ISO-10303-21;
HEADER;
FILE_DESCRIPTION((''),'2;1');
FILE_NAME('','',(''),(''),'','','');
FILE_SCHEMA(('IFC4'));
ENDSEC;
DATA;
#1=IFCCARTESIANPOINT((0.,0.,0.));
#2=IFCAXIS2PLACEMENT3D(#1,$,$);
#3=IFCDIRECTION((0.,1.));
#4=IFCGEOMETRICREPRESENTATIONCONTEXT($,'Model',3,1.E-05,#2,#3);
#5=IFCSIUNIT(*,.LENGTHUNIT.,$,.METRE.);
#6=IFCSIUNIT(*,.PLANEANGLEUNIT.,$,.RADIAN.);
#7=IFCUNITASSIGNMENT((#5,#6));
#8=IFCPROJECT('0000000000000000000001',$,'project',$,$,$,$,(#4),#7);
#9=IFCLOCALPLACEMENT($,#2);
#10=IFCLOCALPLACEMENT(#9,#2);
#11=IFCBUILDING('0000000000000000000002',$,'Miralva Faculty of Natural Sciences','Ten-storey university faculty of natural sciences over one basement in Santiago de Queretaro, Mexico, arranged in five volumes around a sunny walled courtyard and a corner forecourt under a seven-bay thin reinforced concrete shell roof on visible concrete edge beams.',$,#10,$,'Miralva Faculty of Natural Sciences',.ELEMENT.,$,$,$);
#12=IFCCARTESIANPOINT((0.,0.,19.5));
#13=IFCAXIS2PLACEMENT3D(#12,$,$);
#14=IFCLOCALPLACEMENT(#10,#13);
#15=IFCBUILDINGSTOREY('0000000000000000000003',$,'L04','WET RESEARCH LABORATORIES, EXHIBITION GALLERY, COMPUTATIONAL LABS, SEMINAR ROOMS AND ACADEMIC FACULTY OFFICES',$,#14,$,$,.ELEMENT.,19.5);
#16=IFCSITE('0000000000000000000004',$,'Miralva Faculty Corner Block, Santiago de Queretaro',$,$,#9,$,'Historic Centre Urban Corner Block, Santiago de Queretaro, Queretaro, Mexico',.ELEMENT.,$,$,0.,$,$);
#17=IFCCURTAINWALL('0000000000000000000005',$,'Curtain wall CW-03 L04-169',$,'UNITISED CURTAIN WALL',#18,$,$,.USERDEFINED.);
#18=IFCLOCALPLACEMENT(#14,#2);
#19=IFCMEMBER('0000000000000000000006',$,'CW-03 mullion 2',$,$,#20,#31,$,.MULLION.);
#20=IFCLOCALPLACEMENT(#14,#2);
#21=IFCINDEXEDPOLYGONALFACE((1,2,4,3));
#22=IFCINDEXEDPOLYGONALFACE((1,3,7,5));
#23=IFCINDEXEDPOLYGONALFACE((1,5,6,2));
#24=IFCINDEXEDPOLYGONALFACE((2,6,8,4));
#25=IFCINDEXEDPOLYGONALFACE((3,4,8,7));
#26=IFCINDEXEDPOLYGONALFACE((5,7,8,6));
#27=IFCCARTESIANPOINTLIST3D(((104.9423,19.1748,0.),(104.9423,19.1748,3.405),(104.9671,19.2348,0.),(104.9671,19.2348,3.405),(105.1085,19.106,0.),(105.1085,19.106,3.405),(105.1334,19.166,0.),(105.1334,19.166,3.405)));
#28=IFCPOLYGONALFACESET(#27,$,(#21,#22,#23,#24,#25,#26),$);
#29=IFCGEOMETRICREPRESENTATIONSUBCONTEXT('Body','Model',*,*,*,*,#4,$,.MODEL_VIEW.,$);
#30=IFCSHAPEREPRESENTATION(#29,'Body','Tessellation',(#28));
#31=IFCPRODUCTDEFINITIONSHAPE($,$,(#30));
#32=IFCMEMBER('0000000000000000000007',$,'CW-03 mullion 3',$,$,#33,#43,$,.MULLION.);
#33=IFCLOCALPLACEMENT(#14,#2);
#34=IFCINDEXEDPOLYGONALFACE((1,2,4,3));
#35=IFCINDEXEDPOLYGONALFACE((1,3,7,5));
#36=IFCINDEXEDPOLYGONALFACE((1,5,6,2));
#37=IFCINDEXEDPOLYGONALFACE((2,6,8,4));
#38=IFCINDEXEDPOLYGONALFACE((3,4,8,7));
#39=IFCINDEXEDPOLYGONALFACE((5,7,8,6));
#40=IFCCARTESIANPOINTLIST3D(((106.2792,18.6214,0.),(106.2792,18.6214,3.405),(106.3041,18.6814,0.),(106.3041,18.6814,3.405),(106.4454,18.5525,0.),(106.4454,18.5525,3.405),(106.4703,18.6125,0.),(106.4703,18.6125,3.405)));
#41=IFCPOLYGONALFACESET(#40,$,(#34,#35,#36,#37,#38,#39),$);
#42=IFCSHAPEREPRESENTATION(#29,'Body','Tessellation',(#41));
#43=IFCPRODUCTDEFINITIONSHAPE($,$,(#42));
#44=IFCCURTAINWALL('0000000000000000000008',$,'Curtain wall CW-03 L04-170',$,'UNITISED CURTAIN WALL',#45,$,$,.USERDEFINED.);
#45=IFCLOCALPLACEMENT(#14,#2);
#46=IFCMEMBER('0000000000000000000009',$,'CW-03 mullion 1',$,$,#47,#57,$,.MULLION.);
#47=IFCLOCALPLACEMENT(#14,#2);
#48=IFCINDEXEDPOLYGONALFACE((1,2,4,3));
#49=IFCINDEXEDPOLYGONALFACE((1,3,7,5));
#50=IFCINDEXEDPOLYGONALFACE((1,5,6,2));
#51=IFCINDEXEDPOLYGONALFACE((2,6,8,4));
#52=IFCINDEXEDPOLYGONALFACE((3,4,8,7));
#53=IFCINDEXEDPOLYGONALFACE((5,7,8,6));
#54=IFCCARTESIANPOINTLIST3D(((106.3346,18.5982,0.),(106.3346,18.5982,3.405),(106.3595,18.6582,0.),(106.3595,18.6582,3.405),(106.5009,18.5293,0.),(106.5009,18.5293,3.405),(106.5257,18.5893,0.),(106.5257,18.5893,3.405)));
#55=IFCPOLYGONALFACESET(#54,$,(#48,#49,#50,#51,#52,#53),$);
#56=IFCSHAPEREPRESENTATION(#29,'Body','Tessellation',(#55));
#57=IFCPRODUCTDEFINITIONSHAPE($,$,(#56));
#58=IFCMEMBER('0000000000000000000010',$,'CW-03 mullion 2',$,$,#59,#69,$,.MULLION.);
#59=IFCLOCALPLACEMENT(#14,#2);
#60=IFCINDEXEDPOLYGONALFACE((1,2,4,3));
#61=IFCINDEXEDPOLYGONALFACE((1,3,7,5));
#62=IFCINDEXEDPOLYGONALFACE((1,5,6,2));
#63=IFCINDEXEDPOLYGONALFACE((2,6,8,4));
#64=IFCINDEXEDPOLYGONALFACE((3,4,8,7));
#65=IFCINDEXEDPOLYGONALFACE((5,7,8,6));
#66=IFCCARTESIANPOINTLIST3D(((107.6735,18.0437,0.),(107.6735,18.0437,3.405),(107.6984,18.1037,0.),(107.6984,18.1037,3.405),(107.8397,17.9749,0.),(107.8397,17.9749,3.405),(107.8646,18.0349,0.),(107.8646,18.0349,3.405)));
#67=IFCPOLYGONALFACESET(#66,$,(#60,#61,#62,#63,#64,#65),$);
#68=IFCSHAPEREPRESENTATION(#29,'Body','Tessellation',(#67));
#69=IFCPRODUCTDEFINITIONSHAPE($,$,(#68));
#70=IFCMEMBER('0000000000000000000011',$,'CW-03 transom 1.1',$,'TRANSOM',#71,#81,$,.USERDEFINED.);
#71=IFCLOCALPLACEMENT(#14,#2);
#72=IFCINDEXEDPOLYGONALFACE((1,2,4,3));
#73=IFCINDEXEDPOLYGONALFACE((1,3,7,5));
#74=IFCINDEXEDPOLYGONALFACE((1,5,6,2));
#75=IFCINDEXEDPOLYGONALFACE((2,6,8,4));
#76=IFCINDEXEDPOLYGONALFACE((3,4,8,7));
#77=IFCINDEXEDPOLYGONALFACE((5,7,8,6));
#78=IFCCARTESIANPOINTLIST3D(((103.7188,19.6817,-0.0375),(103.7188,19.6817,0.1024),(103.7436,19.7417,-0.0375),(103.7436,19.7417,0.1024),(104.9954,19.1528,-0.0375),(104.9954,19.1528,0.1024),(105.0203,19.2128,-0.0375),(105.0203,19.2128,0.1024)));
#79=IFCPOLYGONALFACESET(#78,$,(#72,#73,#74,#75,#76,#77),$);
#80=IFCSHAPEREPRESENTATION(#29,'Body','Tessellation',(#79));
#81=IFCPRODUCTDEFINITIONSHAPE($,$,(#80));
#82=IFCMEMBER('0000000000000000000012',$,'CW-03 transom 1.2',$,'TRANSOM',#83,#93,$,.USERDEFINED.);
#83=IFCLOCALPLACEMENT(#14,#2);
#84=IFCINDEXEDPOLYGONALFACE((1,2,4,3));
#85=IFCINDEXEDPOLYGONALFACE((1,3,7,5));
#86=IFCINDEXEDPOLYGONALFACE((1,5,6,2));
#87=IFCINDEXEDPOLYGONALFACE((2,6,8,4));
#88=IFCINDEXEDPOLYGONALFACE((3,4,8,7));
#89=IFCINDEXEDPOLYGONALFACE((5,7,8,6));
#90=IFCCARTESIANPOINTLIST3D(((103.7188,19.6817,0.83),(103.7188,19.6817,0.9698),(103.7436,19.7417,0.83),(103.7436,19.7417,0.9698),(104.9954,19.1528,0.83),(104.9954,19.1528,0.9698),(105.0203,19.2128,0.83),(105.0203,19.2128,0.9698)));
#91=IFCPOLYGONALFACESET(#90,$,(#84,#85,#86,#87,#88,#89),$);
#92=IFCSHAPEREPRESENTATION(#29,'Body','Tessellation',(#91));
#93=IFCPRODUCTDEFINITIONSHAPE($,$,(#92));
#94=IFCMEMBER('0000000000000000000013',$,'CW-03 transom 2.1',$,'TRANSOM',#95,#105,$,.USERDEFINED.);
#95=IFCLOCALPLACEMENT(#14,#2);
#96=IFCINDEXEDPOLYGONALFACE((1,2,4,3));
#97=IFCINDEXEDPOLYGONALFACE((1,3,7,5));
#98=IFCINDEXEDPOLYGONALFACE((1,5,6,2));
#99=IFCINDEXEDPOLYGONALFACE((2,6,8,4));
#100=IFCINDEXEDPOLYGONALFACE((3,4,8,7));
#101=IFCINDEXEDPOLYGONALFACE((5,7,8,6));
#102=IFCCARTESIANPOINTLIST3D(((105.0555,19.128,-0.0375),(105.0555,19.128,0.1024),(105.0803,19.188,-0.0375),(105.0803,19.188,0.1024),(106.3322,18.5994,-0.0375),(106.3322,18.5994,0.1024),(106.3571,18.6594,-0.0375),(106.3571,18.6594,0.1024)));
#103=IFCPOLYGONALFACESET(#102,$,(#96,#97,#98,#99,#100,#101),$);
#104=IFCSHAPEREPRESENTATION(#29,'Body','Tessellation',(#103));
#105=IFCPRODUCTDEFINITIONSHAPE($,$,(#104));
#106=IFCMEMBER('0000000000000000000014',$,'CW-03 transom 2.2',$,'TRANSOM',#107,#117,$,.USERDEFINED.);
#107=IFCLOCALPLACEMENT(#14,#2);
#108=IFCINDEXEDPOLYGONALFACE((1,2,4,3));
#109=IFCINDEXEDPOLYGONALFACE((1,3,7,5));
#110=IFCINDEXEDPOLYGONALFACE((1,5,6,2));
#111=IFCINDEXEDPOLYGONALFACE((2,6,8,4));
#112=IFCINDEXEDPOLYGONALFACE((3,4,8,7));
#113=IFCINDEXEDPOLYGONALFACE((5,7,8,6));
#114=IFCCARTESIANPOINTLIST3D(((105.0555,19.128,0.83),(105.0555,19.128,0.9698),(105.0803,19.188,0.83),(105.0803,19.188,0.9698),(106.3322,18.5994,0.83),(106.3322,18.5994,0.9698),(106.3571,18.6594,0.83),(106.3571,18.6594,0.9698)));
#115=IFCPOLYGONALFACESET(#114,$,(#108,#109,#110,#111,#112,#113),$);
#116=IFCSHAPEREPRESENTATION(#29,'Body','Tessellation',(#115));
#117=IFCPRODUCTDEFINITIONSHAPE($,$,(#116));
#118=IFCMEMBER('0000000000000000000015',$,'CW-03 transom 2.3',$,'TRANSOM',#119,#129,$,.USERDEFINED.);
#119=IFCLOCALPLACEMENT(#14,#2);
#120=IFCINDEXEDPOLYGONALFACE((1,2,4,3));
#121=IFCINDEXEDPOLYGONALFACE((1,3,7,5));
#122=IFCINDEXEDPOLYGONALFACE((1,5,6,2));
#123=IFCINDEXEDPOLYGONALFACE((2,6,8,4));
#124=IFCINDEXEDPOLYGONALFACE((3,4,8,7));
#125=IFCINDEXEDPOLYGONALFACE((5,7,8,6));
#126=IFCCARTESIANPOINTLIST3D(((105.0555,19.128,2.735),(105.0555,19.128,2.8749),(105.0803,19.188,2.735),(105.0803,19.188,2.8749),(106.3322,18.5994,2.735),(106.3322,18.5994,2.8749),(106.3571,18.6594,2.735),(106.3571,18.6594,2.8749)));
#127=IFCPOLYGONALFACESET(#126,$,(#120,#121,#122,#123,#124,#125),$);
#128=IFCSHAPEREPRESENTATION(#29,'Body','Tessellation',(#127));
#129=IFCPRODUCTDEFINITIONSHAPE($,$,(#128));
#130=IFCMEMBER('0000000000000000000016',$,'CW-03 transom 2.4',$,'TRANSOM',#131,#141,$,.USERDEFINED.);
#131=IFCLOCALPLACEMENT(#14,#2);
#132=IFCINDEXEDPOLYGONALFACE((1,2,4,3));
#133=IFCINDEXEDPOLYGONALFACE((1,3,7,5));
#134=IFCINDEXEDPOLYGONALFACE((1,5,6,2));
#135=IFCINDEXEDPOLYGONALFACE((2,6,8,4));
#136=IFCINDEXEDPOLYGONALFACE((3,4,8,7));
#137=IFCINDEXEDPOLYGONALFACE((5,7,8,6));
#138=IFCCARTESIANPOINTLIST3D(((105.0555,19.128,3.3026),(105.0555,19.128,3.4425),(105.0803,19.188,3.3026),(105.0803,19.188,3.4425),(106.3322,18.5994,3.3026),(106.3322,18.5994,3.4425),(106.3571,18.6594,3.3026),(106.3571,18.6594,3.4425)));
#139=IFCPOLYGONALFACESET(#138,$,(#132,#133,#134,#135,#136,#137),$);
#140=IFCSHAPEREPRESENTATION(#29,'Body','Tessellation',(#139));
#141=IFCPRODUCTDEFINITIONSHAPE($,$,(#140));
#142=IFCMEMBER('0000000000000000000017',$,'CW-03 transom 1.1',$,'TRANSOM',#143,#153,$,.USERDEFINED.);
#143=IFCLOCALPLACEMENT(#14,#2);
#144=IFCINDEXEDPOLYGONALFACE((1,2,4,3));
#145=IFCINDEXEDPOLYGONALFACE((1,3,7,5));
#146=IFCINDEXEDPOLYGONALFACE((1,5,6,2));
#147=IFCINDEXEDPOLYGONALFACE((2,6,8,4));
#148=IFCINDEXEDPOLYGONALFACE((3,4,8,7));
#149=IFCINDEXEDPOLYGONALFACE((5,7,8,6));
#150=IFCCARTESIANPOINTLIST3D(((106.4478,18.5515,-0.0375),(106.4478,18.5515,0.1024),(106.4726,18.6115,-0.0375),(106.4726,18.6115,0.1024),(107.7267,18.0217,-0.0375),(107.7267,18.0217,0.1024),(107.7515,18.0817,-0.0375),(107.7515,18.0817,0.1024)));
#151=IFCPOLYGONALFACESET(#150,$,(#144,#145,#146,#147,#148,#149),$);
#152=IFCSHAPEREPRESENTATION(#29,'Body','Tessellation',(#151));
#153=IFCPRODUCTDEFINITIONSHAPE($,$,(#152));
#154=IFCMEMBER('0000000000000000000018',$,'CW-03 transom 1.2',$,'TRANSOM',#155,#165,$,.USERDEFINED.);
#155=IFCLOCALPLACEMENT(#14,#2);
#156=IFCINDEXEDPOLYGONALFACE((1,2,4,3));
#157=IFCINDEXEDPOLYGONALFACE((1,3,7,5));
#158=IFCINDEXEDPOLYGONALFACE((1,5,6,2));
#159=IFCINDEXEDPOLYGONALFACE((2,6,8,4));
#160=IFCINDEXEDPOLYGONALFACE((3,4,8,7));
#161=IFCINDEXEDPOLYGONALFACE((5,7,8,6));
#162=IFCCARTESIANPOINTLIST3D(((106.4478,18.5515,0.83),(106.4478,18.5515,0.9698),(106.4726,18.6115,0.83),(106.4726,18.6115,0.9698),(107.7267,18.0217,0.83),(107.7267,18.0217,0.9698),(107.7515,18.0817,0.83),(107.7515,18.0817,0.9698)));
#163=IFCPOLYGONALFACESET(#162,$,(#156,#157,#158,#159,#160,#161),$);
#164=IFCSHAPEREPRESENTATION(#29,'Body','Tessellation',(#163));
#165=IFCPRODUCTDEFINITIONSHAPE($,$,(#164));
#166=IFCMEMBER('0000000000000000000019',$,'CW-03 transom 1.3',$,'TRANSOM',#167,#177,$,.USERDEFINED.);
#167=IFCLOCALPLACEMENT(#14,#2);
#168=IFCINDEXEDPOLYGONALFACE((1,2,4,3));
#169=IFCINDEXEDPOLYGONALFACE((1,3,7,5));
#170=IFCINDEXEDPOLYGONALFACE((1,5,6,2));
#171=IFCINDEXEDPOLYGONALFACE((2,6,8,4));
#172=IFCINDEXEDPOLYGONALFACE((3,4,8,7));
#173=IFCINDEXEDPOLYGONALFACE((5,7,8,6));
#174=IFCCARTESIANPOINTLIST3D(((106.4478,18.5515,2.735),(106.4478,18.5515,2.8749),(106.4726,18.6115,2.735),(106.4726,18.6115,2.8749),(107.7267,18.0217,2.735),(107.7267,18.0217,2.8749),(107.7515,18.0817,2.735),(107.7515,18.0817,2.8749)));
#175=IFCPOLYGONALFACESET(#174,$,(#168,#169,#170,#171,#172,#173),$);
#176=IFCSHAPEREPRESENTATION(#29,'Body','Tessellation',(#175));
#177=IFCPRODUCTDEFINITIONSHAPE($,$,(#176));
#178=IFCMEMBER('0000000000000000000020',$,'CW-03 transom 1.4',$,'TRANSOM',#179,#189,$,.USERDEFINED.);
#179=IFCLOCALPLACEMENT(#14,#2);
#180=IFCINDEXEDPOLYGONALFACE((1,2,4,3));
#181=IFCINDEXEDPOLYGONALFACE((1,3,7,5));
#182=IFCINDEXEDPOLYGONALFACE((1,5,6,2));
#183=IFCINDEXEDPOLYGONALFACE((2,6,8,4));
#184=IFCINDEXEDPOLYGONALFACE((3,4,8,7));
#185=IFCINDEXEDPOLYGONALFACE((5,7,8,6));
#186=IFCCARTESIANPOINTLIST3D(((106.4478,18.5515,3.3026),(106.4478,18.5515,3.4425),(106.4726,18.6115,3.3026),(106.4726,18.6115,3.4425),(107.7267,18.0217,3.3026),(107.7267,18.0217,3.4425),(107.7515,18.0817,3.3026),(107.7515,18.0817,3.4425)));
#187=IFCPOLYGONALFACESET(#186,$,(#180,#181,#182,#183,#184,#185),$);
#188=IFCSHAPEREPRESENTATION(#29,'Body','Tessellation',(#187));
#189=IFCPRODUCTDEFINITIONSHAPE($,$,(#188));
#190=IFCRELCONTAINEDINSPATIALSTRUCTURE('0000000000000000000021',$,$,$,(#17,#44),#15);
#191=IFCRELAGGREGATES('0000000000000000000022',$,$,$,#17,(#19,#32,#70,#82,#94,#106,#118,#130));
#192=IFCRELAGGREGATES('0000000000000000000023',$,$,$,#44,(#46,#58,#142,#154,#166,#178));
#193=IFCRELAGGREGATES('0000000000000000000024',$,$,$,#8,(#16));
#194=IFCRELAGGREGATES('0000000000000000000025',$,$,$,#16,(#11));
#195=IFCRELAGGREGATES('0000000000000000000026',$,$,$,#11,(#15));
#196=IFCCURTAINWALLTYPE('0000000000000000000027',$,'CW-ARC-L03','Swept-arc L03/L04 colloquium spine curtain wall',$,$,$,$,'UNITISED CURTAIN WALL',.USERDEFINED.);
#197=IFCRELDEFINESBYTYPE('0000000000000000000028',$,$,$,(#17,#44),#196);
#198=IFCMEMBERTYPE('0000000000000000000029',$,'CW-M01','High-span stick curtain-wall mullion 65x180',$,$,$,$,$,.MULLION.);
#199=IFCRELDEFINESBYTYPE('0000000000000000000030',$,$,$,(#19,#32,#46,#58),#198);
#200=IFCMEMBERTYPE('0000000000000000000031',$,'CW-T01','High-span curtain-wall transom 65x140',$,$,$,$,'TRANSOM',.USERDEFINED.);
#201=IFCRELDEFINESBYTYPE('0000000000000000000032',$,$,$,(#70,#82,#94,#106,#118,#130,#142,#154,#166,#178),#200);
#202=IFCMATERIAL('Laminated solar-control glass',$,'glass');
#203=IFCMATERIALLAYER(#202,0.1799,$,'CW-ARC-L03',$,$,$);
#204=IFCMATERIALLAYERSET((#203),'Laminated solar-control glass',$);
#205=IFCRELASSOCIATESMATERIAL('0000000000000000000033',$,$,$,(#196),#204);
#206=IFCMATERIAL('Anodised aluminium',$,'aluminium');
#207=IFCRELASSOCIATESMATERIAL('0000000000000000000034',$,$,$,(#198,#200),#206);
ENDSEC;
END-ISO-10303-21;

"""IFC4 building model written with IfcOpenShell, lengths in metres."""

from ifc_helpers import new_model, si_unit, direction, frame, origin, origin_2d, place, context, subcontext, project, spatial, rectangle, extrude, material, layer, layer_set, material_profile, profile_set, type_object, element, aggregate, save


model = new_model("IFC4")

# Units and contexts
model_context = context("Model", 3, precision=1e-05, world=origin(), true_north=direction((0.0, 1.0)))
body_context = subcontext(model_context, "Body", "Model", "MODEL_VIEW")
ifc_project = project(units=[si_unit("LENGTHUNIT", "METRE"), si_unit("PLANEANGLEUNIT", "RADIAN")], contexts=[model_context])

# Site, building, storey
site_placement = place(None, origin())
site = spatial("IfcSite", under=ifc_project, at=site_placement, Name="Miralva Faculty Corner Block, Santiago de Queretaro", LongName="Historic Centre Urban Corner Block, Santiago de Queretaro, Queretaro, Mexico", CompositionType="ELEMENT", RefElevation=0.0)
building_placement = place(site_placement, origin())
building = spatial("IfcBuilding", under=site, at=building_placement, Name="Miralva Faculty of Natural Sciences", Description="Ten-storey university faculty of natural sciences over one basement in Santiago de Queretaro, Mexico, arranged in five volumes around a sunny walled courtyard and a corner forecourt under a seven-bay thin reinforced concrete shell roof on visible concrete edge beams.", LongName="Miralva Faculty of Natural Sciences", CompositionType="ELEMENT")
storey_placement = place(building_placement, frame((0.0, 0.0, 19.5)))
storey = spatial("IfcBuildingStorey", under=building, at=storey_placement, Name="L04", Description="WET RESEARCH LABORATORIES, EXHIBITION GALLERY, COMPUTATIONAL LABS, SEMINAR ROOMS AND ACADEMIC FACULTY OFFICES", CompositionType="ELEMENT", Elevation=19.5)

# Curtain walls, members
ifc_material_1 = material(Name="Laminated solar-control glass", Category="glass")
ifc_layer_1 = layer(ifc_material_1, 0.1799, Name="CW-ARC-L03")
ifc_layer_set_1 = layer_set([ifc_layer_1], Name="Laminated solar-control glass")
curtain_wall_type = type_object("IfcCurtainWallType", Name="CW-ARC-L03", Description="Swept-arc L03/L04 colloquium spine curtain wall", ElementType="UNITISED CURTAIN WALL", PredefinedType="USERDEFINED", material=ifc_layer_set_1)
curtain_wall_1_placement = place(storey_placement, origin())
curtain_wall_1 = element("IfcCurtainWall", 1, at=curtain_wall_1_placement, inside=storey, type_object=curtain_wall_type, Name="Curtain wall CW-03 L04-169", ObjectType="UNITISED CURTAIN WALL", PredefinedType="USERDEFINED")
ifc_material_2 = material(Name="Anodised aluminium", Category="aluminium")
ifc_material_profile_1 = material_profile(ifc_material_2, rectangle(XDim=0.0649, YDim=0.1799, at=origin_2d()), Name="MULLION 65x180")
ifc_profile_set_1 = profile_set([ifc_material_profile_1], Name="Anodised aluminium")
member_type_1 = type_object("IfcMemberType", Name="CW-M01", Description="High-span stick curtain-wall mullion 65x180", PredefinedType="MULLION", material=ifc_profile_set_1)
member_1_placement = place(storey_placement, frame((105.0378, 19.1704, 0.0), z_axis=(0.0, 0.0, 1.0), x_axis=(0.382656, 0.923891, 0.0)))
member_1 = element("IfcMember", 2, at=member_1_placement, type_object=member_type_1, Name="CW-03 mullion 2", PredefinedType="MULLION", context=body_context, shape_type="SweptSolid", body=[
    extrude(rectangle(XDim=0.0649, YDim=0.1799, at=origin_2d()), origin(), (0.0, 0.0, 1.0), 3.405),
])
member_2_placement = place(storey_placement, frame((106.3748, 18.6169, 0.0), z_axis=(0.0, 0.0, 1.0), x_axis=(0.382656, 0.923891, 0.0)))
member_2 = element("IfcMember", 3, at=member_2_placement, type_object=member_type_1, Name="CW-03 mullion 3", PredefinedType="MULLION", context=body_context, shape_type="SweptSolid", body=[
    extrude(rectangle(XDim=0.0649, YDim=0.1799, at=origin_2d()), origin(), (0.0, 0.0, 1.0), 3.405),
])
curtain_wall_2_placement = place(storey_placement, origin())
curtain_wall_2 = element("IfcCurtainWall", 4, at=curtain_wall_2_placement, inside=storey, type_object=curtain_wall_type, Name="Curtain wall CW-03 L04-170", ObjectType="UNITISED CURTAIN WALL", PredefinedType="USERDEFINED")
member_3_placement = place(storey_placement, frame((106.4302, 18.5938, 0.0), z_axis=(0.0, 0.0, 1.0), x_axis=(0.382695, 0.923875, 0.0)))
member_3 = element("IfcMember", 5, at=member_3_placement, type_object=member_type_1, Name="CW-03 mullion 1", PredefinedType="MULLION", context=body_context, shape_type="SweptSolid", body=[
    extrude(rectangle(XDim=0.0649, YDim=0.1799, at=origin_2d()), origin(), (0.0, 0.0, 1.0), 3.405),
])
member_4_placement = place(storey_placement, frame((107.769, 18.0393, 0.0), z_axis=(0.0, 0.0, 1.0), x_axis=(0.382695, 0.923875, 0.0)))
member_4 = element("IfcMember", 6, at=member_4_placement, type_object=member_type_1, Name="CW-03 mullion 2", PredefinedType="MULLION", context=body_context, shape_type="SweptSolid", body=[
    extrude(rectangle(XDim=0.0649, YDim=0.1799, at=origin_2d()), origin(), (0.0, 0.0, 1.0), 3.405),
])

# Members
ifc_material_profile_2 = material_profile(ifc_material_2, rectangle(XDim=0.0649, YDim=0.1399, at=origin_2d()), Name="TRANSOM 65x140")
ifc_profile_set_2 = profile_set([ifc_material_profile_2], Name="Anodised aluminium")
member_type_2 = type_object("IfcMemberType", Name="CW-T01", Description="High-span curtain-wall transom 65x140", ElementType="TRANSOM", PredefinedType="USERDEFINED", material=ifc_profile_set_2)
member_5_placement = place(storey_placement, frame((103.7312, 19.7117, 0.0325), z_axis=(0.923875, -0.382695, 0.0), x_axis=(0.382695, 0.923875, 0.0)))
member_5 = element("IfcMember", 7, at=member_5_placement, type_object=member_type_2, Name="CW-03 transom 1.1", ObjectType="TRANSOM", PredefinedType="USERDEFINED", context=body_context, shape_type="SweptSolid", body=[
    extrude(rectangle(XDim=0.0649, YDim=0.1399, at=origin_2d()), origin(), (0.0, 0.0, 1.0), 1.3818),
])
member_6_placement = place(storey_placement, frame((103.7312, 19.7117, 0.8999), z_axis=(0.923875, -0.382695, 0.0), x_axis=(0.382695, 0.923875, 0.0)))
member_6 = element("IfcMember", 8, at=member_6_placement, type_object=member_type_2, Name="CW-03 transom 1.2", ObjectType="TRANSOM", PredefinedType="USERDEFINED", context=body_context, shape_type="SweptSolid", body=[
    extrude(rectangle(XDim=0.0649, YDim=0.1399, at=origin_2d()), origin(), (0.0, 0.0, 1.0), 1.3818),
])
member_7_placement = place(storey_placement, frame((105.0679, 19.158, 0.0325), z_axis=(0.923963, -0.382482, 0.0), x_axis=(0.382482, 0.923963, 0.0)))
member_7 = element("IfcMember", 9, at=member_7_placement, type_object=member_type_2, Name="CW-03 transom 2.1", ObjectType="TRANSOM", PredefinedType="USERDEFINED", context=body_context, shape_type="SweptSolid", body=[
    extrude(rectangle(XDim=0.0649, YDim=0.1399, at=origin_2d()), origin(), (0.0, 0.0, 1.0), 1.3818),
])
member_8_placement = place(storey_placement, frame((105.0679, 19.158, 0.8999), z_axis=(0.923963, -0.382482, 0.0), x_axis=(0.382482, 0.923963, 0.0)))
member_8 = element("IfcMember", 10, at=member_8_placement, type_object=member_type_2, Name="CW-03 transom 2.2", ObjectType="TRANSOM", PredefinedType="USERDEFINED", context=body_context, shape_type="SweptSolid", body=[
    extrude(rectangle(XDim=0.0649, YDim=0.1399, at=origin_2d()), origin(), (0.0, 0.0, 1.0), 1.3818),
])
member_9_placement = place(storey_placement, frame((105.0679, 19.158, 2.8049), z_axis=(0.923963, -0.382482, 0.0), x_axis=(0.382482, 0.923963, 0.0)))
member_9 = element("IfcMember", 11, at=member_9_placement, type_object=member_type_2, Name="CW-03 transom 2.3", ObjectType="TRANSOM", PredefinedType="USERDEFINED", context=body_context, shape_type="SweptSolid", body=[
    extrude(rectangle(XDim=0.0649, YDim=0.1399, at=origin_2d()), origin(), (0.0, 0.0, 1.0), 1.3818),
])
member_10_placement = place(storey_placement, frame((105.0679, 19.158, 3.3726), z_axis=(0.923963, -0.382482, 0.0), x_axis=(0.382482, 0.923963, 0.0)))
member_10 = element("IfcMember", 12, at=member_10_placement, type_object=member_type_2, Name="CW-03 transom 2.4", ObjectType="TRANSOM", PredefinedType="USERDEFINED", context=body_context, shape_type="SweptSolid", body=[
    extrude(rectangle(XDim=0.0649, YDim=0.1399, at=origin_2d()), origin(), (0.0, 0.0, 1.0), 1.3818),
])
member_11_placement = place(storey_placement, frame((106.4602, 18.5815, 0.0325), z_axis=(0.923858, -0.382736, 0.0), x_axis=(0.382736, 0.923858, 0.0)))
member_11 = element("IfcMember", 13, at=member_11_placement, type_object=member_type_2, Name="CW-03 transom 1.1", ObjectType="TRANSOM", PredefinedType="USERDEFINED", context=body_context, shape_type="SweptSolid", body=[
    extrude(rectangle(XDim=0.0649, YDim=0.1399, at=origin_2d()), origin(), (0.0, 0.0, 1.0), 1.3843),
])
member_12_placement = place(storey_placement, frame((106.4602, 18.5815, 0.8999), z_axis=(0.923858, -0.382736, 0.0), x_axis=(0.382736, 0.923858, 0.0)))
member_12 = element("IfcMember", 14, at=member_12_placement, type_object=member_type_2, Name="CW-03 transom 1.2", ObjectType="TRANSOM", PredefinedType="USERDEFINED", context=body_context, shape_type="SweptSolid", body=[
    extrude(rectangle(XDim=0.0649, YDim=0.1399, at=origin_2d()), origin(), (0.0, 0.0, 1.0), 1.3843),
])
member_13_placement = place(storey_placement, frame((106.4602, 18.5815, 2.8049), z_axis=(0.923858, -0.382736, 0.0), x_axis=(0.382736, 0.923858, 0.0)))
member_13 = element("IfcMember", 15, at=member_13_placement, type_object=member_type_2, Name="CW-03 transom 1.3", ObjectType="TRANSOM", PredefinedType="USERDEFINED", context=body_context, shape_type="SweptSolid", body=[
    extrude(rectangle(XDim=0.0649, YDim=0.1399, at=origin_2d()), origin(), (0.0, 0.0, 1.0), 1.3843),
])
member_14_placement = place(storey_placement, frame((106.4602, 18.5815, 3.3726), z_axis=(0.923858, -0.382736, 0.0), x_axis=(0.382736, 0.923858, 0.0)))
member_14 = element("IfcMember", 16, at=member_14_placement, type_object=member_type_2, Name="CW-03 transom 1.4", ObjectType="TRANSOM", PredefinedType="USERDEFINED", context=body_context, shape_type="SweptSolid", body=[
    extrude(rectangle(XDim=0.0649, YDim=0.1399, at=origin_2d()), origin(), (0.0, 0.0, 1.0), 1.3843),
])

aggregate(curtain_wall_1, [member_1, member_2, member_5, member_6, member_7, member_8, member_9, member_10])
aggregate(curtain_wall_2, [member_3, member_4, member_11, member_12, member_13, member_14])

save(model, "model.ifc")
